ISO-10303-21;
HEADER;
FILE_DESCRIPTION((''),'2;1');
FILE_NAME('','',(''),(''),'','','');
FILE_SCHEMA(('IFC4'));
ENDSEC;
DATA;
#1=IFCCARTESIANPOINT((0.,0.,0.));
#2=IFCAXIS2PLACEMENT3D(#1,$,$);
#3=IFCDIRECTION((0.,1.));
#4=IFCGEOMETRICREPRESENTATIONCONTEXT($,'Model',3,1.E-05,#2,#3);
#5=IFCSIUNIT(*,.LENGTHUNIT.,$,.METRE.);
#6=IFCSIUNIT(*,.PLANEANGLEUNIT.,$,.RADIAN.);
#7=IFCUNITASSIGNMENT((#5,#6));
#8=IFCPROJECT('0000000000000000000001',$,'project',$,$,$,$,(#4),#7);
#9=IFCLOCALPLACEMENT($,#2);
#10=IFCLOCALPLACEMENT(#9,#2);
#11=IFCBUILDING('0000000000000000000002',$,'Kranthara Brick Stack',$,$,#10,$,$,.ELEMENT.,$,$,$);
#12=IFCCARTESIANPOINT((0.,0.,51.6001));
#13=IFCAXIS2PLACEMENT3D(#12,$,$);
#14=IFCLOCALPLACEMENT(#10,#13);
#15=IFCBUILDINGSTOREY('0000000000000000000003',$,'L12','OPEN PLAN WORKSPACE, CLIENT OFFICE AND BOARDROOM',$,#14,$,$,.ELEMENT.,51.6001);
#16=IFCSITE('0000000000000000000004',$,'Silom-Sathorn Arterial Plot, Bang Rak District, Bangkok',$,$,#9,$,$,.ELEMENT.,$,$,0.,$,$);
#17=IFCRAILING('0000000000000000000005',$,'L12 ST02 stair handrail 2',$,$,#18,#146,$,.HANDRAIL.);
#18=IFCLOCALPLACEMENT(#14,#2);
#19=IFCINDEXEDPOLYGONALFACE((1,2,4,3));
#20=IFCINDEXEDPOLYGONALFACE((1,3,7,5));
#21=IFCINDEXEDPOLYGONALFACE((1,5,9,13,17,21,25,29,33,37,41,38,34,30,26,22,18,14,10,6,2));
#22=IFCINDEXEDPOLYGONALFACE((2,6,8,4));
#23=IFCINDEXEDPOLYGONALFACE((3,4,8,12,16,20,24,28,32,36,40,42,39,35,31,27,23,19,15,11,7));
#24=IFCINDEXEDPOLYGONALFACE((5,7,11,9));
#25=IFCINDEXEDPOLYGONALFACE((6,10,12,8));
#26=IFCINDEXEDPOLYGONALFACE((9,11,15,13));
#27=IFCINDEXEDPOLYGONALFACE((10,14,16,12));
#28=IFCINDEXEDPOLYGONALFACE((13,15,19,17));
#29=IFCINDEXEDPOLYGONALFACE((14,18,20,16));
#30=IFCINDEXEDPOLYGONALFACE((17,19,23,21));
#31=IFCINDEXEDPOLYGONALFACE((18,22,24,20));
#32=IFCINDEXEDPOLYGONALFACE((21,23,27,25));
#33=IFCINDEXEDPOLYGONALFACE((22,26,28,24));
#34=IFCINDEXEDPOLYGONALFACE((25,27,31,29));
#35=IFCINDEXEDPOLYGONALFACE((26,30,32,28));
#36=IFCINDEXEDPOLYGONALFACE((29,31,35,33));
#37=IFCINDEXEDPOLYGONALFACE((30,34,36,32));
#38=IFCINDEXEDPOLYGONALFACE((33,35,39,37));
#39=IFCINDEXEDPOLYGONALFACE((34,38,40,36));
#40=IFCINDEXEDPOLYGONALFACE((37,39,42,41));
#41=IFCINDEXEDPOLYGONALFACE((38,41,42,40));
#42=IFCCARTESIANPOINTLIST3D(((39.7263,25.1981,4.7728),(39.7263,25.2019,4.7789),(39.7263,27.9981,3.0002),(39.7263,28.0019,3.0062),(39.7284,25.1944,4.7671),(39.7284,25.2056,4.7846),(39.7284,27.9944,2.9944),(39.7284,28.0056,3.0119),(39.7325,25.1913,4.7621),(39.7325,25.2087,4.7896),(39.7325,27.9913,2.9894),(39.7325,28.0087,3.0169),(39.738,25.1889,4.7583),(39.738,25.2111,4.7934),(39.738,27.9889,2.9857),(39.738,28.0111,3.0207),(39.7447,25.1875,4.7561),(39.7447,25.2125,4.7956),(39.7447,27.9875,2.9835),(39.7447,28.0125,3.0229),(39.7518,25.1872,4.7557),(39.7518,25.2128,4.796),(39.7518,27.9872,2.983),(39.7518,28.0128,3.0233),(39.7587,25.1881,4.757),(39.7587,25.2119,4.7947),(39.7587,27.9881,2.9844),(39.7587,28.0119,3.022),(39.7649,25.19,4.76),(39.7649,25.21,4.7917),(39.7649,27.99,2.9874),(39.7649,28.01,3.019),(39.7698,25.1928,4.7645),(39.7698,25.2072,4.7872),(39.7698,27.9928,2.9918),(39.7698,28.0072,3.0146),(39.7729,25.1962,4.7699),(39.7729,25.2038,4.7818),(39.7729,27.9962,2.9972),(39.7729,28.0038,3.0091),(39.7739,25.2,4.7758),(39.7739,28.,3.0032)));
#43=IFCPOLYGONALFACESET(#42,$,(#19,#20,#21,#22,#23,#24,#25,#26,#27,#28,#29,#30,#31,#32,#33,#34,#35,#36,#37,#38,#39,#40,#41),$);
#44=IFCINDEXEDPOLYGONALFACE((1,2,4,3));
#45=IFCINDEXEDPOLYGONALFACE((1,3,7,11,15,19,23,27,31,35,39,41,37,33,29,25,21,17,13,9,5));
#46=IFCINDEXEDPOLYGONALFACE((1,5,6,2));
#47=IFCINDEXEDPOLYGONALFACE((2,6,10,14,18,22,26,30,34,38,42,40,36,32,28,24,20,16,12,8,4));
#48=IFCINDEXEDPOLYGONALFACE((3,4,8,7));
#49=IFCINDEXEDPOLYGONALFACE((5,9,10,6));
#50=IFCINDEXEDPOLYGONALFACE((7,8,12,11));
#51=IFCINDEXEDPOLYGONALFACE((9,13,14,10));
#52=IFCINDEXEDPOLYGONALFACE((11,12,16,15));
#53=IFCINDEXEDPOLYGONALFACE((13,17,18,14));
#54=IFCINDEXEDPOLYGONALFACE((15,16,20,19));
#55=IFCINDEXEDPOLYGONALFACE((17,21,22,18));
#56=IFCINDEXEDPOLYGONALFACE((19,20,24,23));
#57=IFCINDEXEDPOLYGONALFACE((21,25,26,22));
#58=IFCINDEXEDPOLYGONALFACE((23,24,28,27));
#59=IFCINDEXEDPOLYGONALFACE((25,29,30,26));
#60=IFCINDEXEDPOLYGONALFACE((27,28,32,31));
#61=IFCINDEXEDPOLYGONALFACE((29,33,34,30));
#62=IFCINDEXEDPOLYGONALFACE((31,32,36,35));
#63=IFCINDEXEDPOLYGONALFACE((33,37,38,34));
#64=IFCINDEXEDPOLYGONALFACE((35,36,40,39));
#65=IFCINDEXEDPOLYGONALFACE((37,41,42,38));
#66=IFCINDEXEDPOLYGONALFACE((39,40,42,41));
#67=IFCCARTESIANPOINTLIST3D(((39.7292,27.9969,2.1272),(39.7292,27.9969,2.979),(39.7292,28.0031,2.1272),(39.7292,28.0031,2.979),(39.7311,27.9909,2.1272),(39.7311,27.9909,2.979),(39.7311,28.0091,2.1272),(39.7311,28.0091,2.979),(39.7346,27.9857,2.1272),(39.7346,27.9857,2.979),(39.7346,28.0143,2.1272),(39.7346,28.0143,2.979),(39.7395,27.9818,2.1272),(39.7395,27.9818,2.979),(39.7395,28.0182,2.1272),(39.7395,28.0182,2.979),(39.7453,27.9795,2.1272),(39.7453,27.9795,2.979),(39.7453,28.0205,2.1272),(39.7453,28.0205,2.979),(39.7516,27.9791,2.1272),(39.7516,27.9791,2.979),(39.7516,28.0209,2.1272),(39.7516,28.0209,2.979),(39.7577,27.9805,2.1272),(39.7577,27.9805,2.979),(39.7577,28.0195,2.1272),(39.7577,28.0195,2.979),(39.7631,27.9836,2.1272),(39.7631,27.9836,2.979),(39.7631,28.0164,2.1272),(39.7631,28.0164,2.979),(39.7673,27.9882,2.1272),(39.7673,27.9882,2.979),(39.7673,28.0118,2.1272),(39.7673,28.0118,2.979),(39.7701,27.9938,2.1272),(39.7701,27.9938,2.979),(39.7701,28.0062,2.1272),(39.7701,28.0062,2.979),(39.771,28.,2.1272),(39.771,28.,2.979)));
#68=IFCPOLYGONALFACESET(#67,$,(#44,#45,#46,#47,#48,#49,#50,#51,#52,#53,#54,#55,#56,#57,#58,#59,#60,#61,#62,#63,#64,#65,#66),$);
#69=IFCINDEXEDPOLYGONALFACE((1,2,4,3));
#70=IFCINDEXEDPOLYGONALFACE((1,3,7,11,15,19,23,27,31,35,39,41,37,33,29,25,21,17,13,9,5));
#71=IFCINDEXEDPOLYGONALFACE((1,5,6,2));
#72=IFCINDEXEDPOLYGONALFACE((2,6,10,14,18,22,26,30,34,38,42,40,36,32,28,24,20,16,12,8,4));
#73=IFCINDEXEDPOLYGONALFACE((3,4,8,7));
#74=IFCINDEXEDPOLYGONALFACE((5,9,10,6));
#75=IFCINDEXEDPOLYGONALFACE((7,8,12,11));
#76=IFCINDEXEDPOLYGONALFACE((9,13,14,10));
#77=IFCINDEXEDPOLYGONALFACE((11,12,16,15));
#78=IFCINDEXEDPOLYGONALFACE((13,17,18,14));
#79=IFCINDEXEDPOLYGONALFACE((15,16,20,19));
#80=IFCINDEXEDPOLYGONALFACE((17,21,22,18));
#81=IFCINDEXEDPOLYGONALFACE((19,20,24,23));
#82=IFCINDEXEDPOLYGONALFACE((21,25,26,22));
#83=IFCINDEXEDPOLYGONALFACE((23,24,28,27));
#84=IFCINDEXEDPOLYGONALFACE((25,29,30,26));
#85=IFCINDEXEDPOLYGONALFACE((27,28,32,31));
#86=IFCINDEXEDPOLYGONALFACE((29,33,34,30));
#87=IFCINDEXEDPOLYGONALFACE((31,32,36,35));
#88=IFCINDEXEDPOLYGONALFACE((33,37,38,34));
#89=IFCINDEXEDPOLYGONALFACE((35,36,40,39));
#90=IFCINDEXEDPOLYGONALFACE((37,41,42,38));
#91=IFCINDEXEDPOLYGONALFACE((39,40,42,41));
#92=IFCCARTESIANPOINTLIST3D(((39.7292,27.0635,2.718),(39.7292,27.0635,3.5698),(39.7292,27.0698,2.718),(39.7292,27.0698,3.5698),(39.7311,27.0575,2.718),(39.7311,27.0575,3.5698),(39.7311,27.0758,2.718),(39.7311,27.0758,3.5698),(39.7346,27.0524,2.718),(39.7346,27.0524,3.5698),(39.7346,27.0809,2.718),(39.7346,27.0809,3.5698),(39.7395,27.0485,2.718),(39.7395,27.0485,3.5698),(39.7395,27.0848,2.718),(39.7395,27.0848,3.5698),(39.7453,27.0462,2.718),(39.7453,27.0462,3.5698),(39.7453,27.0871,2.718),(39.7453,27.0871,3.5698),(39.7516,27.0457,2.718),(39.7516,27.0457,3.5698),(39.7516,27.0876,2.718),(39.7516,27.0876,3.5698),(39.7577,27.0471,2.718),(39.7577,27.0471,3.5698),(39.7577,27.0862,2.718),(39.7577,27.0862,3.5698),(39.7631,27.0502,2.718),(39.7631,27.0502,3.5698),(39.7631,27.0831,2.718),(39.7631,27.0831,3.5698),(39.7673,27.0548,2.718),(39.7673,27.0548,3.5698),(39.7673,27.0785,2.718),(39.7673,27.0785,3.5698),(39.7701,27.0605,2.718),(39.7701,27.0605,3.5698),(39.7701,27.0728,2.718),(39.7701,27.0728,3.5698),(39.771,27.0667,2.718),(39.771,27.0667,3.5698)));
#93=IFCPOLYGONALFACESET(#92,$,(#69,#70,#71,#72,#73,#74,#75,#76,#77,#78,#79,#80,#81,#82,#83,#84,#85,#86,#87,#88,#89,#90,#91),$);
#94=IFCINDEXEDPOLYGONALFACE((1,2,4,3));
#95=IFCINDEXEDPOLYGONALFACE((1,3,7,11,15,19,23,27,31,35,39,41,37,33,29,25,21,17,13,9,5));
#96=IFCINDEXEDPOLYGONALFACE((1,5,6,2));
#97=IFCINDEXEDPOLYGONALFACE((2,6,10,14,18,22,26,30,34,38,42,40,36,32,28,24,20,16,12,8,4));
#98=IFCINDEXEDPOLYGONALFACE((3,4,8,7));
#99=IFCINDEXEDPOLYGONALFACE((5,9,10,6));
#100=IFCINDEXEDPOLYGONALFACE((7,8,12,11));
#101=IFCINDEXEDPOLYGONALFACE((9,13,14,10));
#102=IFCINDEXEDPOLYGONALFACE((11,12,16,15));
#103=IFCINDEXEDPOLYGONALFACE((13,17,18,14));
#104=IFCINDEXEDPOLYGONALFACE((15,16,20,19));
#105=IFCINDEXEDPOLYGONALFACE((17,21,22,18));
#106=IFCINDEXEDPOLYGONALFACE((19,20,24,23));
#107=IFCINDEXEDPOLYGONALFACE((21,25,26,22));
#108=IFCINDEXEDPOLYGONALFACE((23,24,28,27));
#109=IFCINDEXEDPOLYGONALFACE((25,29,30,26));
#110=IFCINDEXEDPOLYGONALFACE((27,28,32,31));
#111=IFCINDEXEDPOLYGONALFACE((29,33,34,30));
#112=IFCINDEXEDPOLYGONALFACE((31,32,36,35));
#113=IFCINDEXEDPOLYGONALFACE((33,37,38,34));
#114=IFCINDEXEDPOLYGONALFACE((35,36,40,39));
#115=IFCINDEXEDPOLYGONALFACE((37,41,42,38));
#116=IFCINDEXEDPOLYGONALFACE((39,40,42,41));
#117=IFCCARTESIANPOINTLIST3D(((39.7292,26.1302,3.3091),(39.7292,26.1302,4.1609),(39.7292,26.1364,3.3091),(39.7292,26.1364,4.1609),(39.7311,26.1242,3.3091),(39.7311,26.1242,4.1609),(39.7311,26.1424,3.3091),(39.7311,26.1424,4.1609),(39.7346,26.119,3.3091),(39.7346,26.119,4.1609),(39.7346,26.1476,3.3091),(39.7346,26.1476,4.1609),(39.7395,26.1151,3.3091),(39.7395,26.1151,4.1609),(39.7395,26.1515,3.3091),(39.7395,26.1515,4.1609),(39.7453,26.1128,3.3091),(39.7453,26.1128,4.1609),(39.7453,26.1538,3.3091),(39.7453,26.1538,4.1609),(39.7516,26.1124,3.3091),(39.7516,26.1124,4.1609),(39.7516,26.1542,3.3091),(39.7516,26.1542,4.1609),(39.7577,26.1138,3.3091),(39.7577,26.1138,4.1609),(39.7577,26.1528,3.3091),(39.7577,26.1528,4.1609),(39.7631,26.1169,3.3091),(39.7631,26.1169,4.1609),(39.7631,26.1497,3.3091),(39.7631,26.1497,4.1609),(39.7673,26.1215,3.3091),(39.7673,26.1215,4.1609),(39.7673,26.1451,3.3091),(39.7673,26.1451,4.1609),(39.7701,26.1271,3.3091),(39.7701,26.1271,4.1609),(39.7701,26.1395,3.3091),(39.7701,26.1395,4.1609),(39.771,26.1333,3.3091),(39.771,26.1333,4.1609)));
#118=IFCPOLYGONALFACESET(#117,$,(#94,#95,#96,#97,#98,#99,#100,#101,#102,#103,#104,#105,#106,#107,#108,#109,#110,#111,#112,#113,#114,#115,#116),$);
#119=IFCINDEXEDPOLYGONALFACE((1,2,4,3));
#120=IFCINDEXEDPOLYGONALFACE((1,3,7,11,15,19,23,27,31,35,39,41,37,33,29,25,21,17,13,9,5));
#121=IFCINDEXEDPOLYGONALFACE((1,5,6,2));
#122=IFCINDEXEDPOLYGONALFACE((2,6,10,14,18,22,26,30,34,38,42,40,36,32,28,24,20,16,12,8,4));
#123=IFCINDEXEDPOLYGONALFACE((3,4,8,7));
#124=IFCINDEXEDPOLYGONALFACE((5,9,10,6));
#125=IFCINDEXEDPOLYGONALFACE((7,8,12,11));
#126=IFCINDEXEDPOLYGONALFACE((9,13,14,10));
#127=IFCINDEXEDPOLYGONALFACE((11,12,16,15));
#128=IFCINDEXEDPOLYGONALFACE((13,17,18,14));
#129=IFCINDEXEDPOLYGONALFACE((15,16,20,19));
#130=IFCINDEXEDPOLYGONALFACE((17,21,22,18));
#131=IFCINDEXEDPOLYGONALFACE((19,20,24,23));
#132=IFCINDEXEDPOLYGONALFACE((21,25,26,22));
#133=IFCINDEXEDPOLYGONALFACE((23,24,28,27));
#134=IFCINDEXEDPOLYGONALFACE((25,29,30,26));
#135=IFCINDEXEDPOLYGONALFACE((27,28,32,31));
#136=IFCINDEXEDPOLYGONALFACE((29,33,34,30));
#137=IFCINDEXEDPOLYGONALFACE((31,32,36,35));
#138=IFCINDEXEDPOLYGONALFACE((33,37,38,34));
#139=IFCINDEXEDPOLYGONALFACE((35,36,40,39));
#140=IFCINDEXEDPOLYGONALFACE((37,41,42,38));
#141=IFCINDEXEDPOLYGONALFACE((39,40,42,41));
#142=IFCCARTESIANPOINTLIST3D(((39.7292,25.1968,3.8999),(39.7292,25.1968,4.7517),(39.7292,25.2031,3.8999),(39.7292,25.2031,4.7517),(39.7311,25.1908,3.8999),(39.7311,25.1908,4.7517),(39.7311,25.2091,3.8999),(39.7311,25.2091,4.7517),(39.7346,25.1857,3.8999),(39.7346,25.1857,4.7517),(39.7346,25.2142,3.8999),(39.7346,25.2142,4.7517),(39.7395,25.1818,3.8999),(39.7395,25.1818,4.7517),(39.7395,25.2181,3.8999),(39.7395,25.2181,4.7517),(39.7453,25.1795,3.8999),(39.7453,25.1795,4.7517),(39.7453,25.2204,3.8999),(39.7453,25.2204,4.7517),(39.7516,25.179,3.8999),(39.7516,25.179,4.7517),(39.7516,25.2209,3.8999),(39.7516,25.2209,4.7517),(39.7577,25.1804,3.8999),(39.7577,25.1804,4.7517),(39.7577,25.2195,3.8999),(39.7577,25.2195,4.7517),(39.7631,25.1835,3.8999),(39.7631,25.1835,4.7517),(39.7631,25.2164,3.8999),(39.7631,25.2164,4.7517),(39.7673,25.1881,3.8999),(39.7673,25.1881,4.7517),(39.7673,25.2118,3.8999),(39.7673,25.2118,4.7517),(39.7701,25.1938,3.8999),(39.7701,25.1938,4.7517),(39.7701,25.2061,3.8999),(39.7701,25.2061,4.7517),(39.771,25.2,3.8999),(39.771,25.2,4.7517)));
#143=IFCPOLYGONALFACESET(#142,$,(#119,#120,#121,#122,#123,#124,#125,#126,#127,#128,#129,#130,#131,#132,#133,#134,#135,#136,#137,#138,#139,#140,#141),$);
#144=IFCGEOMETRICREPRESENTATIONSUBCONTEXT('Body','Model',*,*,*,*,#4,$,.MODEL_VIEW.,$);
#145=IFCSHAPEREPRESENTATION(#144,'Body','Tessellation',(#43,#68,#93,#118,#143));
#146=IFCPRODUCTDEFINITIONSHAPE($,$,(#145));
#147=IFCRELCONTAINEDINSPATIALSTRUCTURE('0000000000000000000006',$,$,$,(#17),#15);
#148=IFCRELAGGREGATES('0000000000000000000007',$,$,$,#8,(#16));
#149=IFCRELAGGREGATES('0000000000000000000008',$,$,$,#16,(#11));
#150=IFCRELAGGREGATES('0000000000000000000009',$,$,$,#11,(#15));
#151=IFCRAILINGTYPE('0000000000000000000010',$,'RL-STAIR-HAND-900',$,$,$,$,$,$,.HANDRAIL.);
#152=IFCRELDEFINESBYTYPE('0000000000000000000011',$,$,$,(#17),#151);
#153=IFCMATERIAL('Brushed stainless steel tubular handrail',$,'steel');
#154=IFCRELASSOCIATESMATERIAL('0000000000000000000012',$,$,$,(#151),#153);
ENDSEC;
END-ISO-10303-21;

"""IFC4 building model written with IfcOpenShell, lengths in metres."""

from ifc_helpers import new_model, si_unit, direction, frame, origin, origin_2d, place, context, subcontext, project, spatial, circle, extrude, material, type_object, element, save


model = new_model("IFC4")

# Units and contexts
model_context = context("Model", 3, precision=1e-05, world=origin(), true_north=direction((0.0, 1.0)))
body_context = subcontext(model_context, "Body", "Model", "MODEL_VIEW")
ifc_project = project(units=[si_unit("LENGTHUNIT", "METRE"), si_unit("PLANEANGLEUNIT", "RADIAN")], contexts=[model_context])

# Site, building, storey
site_placement = place(None, origin())
site = spatial("IfcSite", under=ifc_project, at=site_placement, Name="Silom-Sathorn Arterial Plot, Bang Rak District, Bangkok", CompositionType="ELEMENT", RefElevation=0.0)
building_placement = place(site_placement, origin())
building = spatial("IfcBuilding", under=site, at=building_placement, Name="Kranthara Brick Stack", CompositionType="ELEMENT")
storey_placement = place(building_placement, frame((0.0, 0.0, 51.6001)))
storey = spatial("IfcBuildingStorey", under=building, at=storey_placement, Name="L12", Description="OPEN PLAN WORKSPACE, CLIENT OFFICE AND BOARDROOM", CompositionType="ELEMENT", Elevation=51.6001)

# Railing
ifc_material_1 = material(Name="Brushed stainless steel tubular handrail", Category="steel")
railing_type_1 = type_object("IfcRailingType", Name="RL-STAIR-HAND-900", PredefinedType="HANDRAIL", material=ifc_material_1)
railing_1_placement = place(storey_placement, frame((39.75, 28.0, 2.1272)))
element("IfcRailing", 1, at=railing_1_placement, inside=storey, type_object=railing_type_1, Name="L12 ST02 stair handrail 2", PredefinedType="HANDRAIL", context=body_context, shape_type="SweptSolid", body=[
    extrude(circle(Radius=0.0239, at=origin_2d()), frame((0.0, 0.0, 0.876), z_axis=(0.0, -0.844909, 0.53491), x_axis=(1.0, 0.0, 0.0)), (0.0, 0.0, 1.0), 3.314),
    extrude(circle(Radius=0.021, at=origin_2d()), origin(), (0.0, 0.0, 1.0), 0.8518),
    extrude(circle(Radius=0.021, at=origin_2d()), frame((0.0, -0.9333, 0.5908)), (0.0, 0.0, 1.0), 0.8518),
    extrude(circle(Radius=0.021, at=origin_2d()), frame((0.0, -1.8667, 1.1819)), (0.0, 0.0, 1.0), 0.8518),
    extrude(circle(Radius=0.021, at=origin_2d()), frame((0.0, -2.8, 1.7727)), (0.0, 0.0, 1.0), 0.8518),
])

save(model, "model.ifc")
